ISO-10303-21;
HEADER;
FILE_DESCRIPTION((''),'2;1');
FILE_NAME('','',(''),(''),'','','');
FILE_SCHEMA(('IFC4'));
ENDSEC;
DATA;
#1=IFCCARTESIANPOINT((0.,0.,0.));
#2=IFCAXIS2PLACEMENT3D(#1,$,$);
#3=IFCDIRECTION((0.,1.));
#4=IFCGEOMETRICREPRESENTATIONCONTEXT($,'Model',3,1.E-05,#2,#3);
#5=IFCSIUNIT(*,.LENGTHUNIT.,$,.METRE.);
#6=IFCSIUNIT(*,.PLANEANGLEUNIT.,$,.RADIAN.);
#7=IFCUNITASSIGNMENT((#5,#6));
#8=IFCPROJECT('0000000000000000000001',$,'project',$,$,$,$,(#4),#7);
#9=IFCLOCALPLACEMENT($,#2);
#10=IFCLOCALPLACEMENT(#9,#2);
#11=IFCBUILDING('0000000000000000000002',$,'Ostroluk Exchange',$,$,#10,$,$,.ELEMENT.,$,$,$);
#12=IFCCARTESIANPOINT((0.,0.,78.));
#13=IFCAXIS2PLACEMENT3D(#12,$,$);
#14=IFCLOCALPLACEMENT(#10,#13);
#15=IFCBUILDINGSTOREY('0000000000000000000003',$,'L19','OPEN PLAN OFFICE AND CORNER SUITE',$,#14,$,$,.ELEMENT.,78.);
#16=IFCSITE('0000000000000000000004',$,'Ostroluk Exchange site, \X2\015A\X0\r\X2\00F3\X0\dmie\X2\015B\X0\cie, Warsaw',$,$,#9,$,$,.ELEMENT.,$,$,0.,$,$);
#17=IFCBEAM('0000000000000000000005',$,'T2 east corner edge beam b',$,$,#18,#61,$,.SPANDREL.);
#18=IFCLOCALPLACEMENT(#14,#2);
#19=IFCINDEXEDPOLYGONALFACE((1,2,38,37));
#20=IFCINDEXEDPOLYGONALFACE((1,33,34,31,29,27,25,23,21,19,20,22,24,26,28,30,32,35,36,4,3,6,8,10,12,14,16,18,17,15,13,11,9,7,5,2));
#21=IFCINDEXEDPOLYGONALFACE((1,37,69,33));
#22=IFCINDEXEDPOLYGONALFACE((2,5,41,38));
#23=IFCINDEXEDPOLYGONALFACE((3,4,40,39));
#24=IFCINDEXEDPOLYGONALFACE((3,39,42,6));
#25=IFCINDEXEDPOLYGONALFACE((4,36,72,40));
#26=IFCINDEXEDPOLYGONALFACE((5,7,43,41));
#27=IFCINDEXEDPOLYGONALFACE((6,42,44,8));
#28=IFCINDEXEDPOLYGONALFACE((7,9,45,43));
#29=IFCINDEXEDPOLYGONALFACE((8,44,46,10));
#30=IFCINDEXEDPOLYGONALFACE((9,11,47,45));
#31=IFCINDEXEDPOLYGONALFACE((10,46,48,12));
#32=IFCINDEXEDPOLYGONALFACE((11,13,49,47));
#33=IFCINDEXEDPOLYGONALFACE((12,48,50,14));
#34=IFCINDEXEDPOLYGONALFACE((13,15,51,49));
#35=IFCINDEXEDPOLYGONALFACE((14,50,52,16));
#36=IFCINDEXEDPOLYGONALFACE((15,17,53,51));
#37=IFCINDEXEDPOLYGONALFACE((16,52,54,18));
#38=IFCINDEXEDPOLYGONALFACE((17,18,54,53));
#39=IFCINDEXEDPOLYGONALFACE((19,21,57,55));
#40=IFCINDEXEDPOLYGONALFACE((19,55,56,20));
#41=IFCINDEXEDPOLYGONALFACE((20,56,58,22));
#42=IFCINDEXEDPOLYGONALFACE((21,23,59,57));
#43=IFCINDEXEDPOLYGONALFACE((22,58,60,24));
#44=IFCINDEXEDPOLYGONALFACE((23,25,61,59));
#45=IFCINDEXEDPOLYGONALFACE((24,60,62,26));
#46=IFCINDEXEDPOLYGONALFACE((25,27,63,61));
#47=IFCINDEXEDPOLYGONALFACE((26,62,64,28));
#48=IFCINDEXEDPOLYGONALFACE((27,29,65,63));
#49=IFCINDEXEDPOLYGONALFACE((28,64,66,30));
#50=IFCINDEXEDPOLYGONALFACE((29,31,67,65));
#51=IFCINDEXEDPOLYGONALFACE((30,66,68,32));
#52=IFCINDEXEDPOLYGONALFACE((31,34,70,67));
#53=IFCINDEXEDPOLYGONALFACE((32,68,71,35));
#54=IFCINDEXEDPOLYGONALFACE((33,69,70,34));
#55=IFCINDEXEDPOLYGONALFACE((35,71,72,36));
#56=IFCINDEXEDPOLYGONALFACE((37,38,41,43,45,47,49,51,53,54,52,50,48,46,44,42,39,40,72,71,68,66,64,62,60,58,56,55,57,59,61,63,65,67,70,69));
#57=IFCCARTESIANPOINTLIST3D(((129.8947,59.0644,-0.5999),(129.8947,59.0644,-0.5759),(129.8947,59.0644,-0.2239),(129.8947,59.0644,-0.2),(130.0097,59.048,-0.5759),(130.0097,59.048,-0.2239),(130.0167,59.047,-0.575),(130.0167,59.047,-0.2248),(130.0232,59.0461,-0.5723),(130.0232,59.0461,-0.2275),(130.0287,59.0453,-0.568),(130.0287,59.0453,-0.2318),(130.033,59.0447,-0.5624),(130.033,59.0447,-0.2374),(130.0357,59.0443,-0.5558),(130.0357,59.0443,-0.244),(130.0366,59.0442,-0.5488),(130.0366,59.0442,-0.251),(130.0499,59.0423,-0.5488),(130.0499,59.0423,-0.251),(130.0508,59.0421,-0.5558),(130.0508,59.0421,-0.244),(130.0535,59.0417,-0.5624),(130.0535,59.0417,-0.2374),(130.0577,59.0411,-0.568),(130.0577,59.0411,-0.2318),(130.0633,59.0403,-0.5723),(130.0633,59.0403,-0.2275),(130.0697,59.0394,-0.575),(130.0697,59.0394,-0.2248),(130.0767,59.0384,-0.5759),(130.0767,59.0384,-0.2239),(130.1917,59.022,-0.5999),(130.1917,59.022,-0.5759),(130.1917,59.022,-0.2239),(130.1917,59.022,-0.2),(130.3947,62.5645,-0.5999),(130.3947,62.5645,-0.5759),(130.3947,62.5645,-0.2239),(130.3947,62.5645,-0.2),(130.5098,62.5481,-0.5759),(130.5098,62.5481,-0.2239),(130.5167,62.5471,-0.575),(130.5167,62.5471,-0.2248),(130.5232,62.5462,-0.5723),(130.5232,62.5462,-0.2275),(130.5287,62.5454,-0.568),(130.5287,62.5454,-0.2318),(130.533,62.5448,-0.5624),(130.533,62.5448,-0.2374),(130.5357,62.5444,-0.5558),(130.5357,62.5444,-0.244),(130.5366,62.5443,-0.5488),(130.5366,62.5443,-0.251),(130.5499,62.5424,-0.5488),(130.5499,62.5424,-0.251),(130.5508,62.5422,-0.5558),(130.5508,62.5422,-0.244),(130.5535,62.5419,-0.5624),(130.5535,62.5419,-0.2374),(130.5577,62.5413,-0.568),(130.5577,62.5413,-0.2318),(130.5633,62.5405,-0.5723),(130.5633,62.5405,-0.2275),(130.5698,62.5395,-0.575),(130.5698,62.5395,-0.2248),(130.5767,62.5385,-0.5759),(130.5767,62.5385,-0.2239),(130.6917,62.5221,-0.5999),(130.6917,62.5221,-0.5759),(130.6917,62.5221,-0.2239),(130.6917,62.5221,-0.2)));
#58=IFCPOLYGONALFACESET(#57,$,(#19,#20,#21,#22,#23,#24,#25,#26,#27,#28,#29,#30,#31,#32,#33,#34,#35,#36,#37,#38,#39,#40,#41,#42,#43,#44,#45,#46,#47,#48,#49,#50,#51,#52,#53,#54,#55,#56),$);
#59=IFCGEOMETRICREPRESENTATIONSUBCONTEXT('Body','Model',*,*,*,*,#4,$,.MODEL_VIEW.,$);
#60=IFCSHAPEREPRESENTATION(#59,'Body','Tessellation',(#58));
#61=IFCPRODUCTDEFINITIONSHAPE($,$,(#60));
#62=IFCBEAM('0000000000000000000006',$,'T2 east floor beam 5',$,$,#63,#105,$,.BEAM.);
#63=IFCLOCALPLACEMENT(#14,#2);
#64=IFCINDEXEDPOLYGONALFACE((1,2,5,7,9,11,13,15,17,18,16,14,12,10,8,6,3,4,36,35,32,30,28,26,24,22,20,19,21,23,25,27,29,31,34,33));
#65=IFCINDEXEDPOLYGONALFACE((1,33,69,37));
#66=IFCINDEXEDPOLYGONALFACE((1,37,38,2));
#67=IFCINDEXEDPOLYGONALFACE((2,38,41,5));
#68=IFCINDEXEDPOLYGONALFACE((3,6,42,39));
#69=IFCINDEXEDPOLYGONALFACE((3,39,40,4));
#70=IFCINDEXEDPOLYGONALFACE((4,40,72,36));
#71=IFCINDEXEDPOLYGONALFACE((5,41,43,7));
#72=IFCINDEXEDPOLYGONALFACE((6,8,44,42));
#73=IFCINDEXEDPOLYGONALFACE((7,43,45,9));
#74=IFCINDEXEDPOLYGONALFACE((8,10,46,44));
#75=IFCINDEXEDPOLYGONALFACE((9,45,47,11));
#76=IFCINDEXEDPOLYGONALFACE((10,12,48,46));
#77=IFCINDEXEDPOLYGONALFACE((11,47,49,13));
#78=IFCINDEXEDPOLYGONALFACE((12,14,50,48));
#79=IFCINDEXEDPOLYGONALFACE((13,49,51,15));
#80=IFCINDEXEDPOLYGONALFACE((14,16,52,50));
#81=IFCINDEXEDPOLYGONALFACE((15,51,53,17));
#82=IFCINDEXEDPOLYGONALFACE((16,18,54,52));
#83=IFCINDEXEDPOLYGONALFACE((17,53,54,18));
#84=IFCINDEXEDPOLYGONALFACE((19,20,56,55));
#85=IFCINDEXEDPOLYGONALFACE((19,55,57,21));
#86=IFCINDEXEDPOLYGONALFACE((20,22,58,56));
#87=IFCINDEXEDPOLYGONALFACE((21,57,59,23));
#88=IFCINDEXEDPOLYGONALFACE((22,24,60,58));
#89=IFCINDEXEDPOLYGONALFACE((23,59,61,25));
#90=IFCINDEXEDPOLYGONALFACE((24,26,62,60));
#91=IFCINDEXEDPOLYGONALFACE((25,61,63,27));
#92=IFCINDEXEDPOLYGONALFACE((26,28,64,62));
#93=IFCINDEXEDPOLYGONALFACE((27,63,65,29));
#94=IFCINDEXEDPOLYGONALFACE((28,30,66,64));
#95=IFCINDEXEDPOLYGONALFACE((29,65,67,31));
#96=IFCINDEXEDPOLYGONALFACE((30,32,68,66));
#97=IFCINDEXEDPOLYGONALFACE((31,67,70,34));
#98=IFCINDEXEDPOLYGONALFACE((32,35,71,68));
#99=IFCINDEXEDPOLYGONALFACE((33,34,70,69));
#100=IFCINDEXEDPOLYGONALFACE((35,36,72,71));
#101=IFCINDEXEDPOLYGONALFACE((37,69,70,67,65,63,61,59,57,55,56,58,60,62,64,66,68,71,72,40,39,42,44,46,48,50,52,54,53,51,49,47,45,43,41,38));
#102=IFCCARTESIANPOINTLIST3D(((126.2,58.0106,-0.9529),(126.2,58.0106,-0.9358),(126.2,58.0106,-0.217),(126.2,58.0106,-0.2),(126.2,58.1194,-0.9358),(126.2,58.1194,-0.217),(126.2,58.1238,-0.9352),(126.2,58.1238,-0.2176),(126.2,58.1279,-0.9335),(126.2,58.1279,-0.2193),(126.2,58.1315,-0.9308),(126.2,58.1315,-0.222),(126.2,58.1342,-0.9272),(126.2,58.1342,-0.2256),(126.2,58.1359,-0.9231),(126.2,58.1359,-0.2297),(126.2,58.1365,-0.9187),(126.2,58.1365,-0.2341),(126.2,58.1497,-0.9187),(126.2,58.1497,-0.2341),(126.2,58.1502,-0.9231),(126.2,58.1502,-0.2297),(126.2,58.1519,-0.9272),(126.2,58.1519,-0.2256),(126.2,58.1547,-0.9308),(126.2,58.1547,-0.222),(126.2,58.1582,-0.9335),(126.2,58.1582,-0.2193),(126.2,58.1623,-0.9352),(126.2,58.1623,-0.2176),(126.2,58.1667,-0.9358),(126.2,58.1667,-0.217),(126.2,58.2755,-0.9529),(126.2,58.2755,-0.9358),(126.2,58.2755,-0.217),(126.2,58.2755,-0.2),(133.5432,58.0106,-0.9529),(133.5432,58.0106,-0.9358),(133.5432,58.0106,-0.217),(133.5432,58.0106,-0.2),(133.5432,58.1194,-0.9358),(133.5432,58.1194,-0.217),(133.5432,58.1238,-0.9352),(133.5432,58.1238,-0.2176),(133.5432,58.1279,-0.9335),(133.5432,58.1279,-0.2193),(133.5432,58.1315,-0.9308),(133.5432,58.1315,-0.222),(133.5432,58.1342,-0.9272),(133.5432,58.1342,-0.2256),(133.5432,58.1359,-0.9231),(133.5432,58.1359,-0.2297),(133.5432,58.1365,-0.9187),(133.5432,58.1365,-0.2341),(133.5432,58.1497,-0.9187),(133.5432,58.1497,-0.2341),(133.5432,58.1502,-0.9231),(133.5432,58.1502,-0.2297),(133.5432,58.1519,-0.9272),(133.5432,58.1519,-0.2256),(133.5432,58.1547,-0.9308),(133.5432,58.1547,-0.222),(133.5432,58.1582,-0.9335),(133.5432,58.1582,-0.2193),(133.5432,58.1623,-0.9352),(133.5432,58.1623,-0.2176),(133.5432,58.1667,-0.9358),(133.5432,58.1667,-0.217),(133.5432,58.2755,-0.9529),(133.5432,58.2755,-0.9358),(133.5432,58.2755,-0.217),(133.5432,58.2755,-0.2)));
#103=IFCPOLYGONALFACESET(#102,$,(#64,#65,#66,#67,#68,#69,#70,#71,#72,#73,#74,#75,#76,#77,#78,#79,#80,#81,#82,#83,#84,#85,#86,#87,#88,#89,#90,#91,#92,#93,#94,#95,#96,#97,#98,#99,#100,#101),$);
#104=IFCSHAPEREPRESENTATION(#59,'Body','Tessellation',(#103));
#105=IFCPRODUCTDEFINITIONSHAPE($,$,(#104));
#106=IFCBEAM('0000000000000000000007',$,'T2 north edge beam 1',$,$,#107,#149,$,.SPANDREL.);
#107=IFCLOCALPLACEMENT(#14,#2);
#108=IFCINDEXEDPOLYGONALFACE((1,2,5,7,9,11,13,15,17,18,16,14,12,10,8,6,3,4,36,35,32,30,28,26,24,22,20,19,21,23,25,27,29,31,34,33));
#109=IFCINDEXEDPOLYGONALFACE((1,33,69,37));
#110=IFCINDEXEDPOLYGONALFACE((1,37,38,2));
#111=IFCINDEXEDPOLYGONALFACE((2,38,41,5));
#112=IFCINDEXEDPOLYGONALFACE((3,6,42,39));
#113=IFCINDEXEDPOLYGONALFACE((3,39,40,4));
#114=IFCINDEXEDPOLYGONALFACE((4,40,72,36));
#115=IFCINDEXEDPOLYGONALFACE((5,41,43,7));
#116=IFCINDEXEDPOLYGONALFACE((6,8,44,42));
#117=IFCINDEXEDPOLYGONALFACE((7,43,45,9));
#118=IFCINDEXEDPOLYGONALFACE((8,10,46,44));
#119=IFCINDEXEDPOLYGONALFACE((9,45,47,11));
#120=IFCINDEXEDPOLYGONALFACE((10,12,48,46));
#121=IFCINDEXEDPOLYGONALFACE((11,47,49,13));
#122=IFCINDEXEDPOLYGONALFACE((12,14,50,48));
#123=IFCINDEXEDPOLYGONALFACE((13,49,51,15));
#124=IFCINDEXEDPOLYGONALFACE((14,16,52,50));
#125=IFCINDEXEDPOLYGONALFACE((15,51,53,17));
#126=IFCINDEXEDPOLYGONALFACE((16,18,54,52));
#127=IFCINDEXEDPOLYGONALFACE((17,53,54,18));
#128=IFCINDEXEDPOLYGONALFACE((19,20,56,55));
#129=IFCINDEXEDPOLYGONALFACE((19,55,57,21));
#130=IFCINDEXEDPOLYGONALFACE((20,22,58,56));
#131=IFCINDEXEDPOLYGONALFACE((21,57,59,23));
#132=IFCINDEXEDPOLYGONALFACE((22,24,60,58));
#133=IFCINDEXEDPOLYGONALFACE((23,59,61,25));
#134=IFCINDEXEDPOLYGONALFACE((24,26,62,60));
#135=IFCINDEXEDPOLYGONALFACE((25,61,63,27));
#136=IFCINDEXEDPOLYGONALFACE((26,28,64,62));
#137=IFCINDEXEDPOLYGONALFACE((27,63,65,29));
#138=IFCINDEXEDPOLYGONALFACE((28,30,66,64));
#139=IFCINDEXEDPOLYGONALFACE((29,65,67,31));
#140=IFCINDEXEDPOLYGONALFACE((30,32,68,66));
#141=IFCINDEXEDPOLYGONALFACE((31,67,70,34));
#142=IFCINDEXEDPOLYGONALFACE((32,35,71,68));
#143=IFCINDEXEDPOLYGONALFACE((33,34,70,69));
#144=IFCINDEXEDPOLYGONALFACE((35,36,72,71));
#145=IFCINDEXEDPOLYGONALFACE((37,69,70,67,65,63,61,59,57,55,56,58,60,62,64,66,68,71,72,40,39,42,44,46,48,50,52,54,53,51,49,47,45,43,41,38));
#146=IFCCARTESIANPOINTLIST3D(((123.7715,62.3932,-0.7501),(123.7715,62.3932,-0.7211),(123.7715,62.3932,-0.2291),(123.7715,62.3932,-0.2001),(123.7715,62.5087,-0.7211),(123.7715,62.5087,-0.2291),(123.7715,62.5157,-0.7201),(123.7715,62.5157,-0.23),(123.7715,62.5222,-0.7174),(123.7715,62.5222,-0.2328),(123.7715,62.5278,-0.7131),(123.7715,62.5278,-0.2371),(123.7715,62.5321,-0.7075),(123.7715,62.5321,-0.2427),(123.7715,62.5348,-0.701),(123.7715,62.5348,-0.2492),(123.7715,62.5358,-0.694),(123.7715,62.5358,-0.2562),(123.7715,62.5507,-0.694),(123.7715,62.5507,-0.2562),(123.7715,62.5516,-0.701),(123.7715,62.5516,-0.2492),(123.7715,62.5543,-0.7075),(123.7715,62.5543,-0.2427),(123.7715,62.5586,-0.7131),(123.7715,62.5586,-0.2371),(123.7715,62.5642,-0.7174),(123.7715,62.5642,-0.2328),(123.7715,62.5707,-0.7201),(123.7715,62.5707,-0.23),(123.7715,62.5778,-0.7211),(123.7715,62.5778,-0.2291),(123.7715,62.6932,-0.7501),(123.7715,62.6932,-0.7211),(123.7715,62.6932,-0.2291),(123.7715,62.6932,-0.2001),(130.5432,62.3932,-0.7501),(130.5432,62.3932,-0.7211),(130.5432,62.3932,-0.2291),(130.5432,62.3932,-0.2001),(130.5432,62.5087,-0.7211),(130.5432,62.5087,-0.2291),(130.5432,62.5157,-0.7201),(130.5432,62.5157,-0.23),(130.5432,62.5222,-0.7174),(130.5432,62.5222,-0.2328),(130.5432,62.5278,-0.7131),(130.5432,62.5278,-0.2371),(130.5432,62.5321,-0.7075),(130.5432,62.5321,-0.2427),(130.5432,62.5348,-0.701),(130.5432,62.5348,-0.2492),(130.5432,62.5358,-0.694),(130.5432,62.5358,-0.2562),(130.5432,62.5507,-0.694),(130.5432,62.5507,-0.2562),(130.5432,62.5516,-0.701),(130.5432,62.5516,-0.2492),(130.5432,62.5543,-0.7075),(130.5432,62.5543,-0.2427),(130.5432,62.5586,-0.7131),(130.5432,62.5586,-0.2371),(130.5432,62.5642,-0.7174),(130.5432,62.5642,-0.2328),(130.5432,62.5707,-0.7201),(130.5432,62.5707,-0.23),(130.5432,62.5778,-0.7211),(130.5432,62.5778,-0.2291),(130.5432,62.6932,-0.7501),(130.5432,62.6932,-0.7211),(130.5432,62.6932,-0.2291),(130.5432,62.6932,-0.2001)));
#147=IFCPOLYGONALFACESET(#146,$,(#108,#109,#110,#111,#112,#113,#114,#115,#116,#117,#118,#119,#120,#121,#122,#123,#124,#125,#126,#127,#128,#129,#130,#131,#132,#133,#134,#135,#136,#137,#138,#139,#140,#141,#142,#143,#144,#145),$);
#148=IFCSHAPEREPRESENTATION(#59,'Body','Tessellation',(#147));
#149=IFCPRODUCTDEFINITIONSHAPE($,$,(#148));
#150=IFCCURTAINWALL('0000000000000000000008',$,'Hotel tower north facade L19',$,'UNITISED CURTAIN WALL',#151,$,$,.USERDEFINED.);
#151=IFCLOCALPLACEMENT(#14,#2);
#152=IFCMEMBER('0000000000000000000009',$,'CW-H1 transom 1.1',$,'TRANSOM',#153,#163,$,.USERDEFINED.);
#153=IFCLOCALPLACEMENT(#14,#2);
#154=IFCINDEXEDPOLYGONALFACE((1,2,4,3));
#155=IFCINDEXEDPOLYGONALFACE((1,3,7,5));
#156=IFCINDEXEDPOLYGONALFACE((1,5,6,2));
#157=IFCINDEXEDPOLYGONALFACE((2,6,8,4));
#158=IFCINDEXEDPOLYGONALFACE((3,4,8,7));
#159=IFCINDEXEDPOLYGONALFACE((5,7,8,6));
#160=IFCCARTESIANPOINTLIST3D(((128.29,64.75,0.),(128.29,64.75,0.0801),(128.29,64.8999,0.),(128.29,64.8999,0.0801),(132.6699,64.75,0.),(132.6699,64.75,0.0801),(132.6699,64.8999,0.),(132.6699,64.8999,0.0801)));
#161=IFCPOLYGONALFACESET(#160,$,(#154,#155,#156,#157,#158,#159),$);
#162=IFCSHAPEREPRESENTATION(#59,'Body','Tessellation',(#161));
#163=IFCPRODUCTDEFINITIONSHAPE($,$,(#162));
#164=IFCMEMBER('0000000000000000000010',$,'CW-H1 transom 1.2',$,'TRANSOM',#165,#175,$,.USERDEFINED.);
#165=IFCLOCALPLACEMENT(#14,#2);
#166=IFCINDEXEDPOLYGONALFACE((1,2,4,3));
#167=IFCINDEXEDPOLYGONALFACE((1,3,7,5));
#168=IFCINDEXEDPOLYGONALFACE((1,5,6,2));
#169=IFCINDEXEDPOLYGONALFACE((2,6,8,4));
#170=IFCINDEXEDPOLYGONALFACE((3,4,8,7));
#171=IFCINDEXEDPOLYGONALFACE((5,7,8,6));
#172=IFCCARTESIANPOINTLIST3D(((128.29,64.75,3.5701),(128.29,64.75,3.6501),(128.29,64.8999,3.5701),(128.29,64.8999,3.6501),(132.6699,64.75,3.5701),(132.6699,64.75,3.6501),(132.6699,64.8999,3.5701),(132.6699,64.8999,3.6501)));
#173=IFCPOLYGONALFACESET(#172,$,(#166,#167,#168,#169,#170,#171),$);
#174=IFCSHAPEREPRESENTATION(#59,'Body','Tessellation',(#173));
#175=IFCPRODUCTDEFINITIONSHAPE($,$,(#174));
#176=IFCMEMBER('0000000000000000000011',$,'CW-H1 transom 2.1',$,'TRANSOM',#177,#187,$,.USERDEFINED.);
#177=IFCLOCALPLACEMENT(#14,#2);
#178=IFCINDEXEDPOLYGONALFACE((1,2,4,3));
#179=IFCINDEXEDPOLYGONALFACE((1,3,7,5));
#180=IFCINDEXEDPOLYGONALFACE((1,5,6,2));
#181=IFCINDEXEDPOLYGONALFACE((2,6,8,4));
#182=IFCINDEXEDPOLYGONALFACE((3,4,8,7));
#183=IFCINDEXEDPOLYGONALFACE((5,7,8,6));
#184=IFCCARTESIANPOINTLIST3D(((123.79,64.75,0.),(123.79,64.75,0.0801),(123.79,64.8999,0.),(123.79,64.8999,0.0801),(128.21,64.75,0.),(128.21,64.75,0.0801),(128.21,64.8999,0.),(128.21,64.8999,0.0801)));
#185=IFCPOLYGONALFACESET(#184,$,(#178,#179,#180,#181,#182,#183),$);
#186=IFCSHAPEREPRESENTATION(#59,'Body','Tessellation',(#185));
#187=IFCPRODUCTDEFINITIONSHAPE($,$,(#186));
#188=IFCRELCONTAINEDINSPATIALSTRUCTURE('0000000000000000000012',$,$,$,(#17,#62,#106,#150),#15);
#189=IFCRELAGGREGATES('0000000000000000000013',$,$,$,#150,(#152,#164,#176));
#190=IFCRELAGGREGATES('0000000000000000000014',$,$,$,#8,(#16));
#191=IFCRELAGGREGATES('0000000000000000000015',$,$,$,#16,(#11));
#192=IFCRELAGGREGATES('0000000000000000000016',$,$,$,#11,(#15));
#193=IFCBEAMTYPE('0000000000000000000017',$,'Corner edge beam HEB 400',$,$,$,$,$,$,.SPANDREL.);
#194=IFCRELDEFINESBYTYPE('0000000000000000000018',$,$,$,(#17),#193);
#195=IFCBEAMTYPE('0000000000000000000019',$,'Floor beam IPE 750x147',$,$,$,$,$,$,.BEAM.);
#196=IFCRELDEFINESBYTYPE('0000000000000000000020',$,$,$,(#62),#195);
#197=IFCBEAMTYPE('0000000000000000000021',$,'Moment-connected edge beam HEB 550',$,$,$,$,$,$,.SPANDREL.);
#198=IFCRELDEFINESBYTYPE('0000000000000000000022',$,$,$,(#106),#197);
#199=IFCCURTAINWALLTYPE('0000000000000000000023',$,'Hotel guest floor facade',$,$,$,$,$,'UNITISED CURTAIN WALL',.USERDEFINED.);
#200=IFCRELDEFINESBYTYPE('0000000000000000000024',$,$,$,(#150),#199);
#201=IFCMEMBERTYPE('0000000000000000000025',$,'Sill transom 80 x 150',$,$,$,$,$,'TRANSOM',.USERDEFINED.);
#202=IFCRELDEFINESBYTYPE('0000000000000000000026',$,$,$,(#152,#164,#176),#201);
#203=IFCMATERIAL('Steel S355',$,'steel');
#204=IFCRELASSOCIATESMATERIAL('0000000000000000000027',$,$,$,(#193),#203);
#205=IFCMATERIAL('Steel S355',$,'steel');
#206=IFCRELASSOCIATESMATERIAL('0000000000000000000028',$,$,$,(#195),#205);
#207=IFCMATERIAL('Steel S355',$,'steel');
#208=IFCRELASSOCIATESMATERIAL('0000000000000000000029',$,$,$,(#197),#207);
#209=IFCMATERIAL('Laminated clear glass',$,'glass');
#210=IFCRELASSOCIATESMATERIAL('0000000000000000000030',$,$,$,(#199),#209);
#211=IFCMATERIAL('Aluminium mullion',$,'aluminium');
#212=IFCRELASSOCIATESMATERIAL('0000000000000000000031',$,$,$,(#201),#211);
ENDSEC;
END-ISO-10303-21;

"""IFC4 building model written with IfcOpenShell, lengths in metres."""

from ifc_helpers import new_model, si_unit, direction, frame, origin, origin_2d, place, context, subcontext, project, spatial, rectangle, i_section, extrude, material, material_profile, profile_set, type_object, element, aggregate, save


model = new_model("IFC4")

# Units and contexts
model_context = context("Model", 3, precision=1e-05, world=origin(), true_north=direction((0.0, 1.0)))
body_context = subcontext(model_context, "Body", "Model", "MODEL_VIEW")
ifc_project = project(units=[si_unit("LENGTHUNIT", "METRE"), si_unit("PLANEANGLEUNIT", "RADIAN")], contexts=[model_context])

# Site, building, storey
site_placement = place(None, origin())
site = spatial("IfcSite", under=ifc_project, at=site_placement, Name="Ostroluk Exchange site, Śródmieście, Warsaw", CompositionType="ELEMENT", RefElevation=0.0)
building_placement = place(site_placement, origin())
building = spatial("IfcBuilding", under=site, at=building_placement, Name="Ostroluk Exchange", CompositionType="ELEMENT")
storey_placement = place(building_placement, frame((0.0, 0.0, 78.0)))
storey = spatial("IfcBuildingStorey", under=building, at=storey_placement, Name="L19", Description="OPEN PLAN OFFICE AND CORNER SUITE", CompositionType="ELEMENT", Elevation=78.0)

# Beams
ifc_material_1 = material(Name="Steel S355", Category="steel")
ifc_material_profile_1 = material_profile(ifc_material_1, i_section(OverallWidth=0.3, OverallDepth=0.3999, WebThickness=0.0134, FlangeThickness=0.0239, FilletRadius=0.0271, at=origin_2d()), Name="HEB 400")
ifc_profile_set_1 = profile_set([ifc_material_profile_1], Name="Steel S355")
beam_type_1 = type_object("IfcBeamType", Name="Corner edge beam HEB 400", PredefinedType="SPANDREL", material=ifc_profile_set_1)
for number, where, z_axis, x_axis, name in (
    (1, (130.0432, 59.0432, -0.3999), (0.141421, 0.989949, 0.0), (-0.989949, 0.141421, 0.0), "T2 east corner edge beam b"),
):
    element("IfcBeam", number, at=place(storey_placement, frame(where, z_axis=z_axis, x_axis=x_axis)), inside=storey, type_object=beam_type_1, Name=name, PredefinedType="SPANDREL", context=body_context, shape_type="SweptSolid", body=[
        extrude(i_section(OverallWidth=0.3, OverallDepth=0.3999, WebThickness=0.0134, FlangeThickness=0.0239, FilletRadius=0.0271, at=origin_2d()), origin(), (0.0, 0.0, 1.0), 3.5356),
    ])
ifc_material_2 = material(Name="Steel S355", Category="steel")
ifc_material_profile_2 = material_profile(ifc_material_2, i_section(OverallWidth=0.2649, OverallDepth=0.7529, WebThickness=0.0132, FlangeThickness=0.0171, FilletRadius=0.0171, at=origin_2d()), Name="IPE 750x147")
ifc_profile_set_2 = profile_set([ifc_material_profile_2], Name="Steel S355")
beam_type_2 = type_object("IfcBeamType", Name="Floor beam IPE 750x147", PredefinedType="BEAM", material=ifc_profile_set_2)
beam_1_placement = place(storey_placement, frame((126.2, 58.1431, -0.5764), z_axis=(1.0, 0.0, 0.0), x_axis=(0.0, 1.0, 0.0)))
element("IfcBeam", 2, at=beam_1_placement, inside=storey, type_object=beam_type_2, Name="T2 east floor beam 5", PredefinedType="BEAM", context=body_context, shape_type="SweptSolid", body=[
    extrude(i_section(OverallWidth=0.2649, OverallDepth=0.7529, WebThickness=0.0132, FlangeThickness=0.0171, FilletRadius=0.0171, at=origin_2d()), origin(), (0.0, 0.0, 1.0), 7.3433),
])
ifc_material_3 = material(Name="Steel S355", Category="steel")
ifc_material_profile_3 = material_profile(ifc_material_3, i_section(OverallWidth=0.3, OverallDepth=0.55, WebThickness=0.0149, FlangeThickness=0.0291, FilletRadius=0.0271, at=origin_2d()), Name="HEB 550")
ifc_profile_set_3 = profile_set([ifc_material_profile_3], Name="Steel S355")
beam_type_3 = type_object("IfcBeamType", Name="Moment-connected edge beam HEB 550", PredefinedType="SPANDREL", material=ifc_profile_set_3)
beam_2_placement = place(storey_placement, frame((130.5432, 62.5432, -0.4751), z_axis=(-1.0, 0.0, 0.0), x_axis=(0.0, -1.0, 0.0)))
element("IfcBeam", 3, at=beam_2_placement, inside=storey, type_object=beam_type_3, Name="T2 north edge beam 1", PredefinedType="SPANDREL", context=body_context, shape_type="SweptSolid", body=[
    extrude(i_section(OverallWidth=0.3, OverallDepth=0.55, WebThickness=0.0149, FlangeThickness=0.0291, FilletRadius=0.0271, at=origin_2d()), origin(), (0.0, 0.0, 1.0), 6.7717),
])

# Curtain wall, members
ifc_material_4 = material(Name="Laminated clear glass", Category="glass")
curtain_wall_type = type_object("IfcCurtainWallType", Name="Hotel guest floor facade", ElementType="UNITISED CURTAIN WALL", PredefinedType="USERDEFINED", material=ifc_material_4)
curtain_wall_1_placement = place(storey_placement, origin())
curtain_wall_1 = element("IfcCurtainWall", 4, at=curtain_wall_1_placement, inside=storey, type_object=curtain_wall_type, Name="Hotel tower north facade L19", ObjectType="UNITISED CURTAIN WALL", PredefinedType="USERDEFINED")
ifc_material_5 = material(Name="Aluminium mullion", Category="aluminium")
ifc_material_profile_4 = material_profile(ifc_material_5, rectangle(XDim=0.1499, YDim=0.0801, at=origin_2d()), Name="Sill transom 80 x 150")
ifc_profile_set_4 = profile_set([ifc_material_profile_4], Name="Aluminium mullion")
member_type_1 = type_object("IfcMemberType", Name="Sill transom 80 x 150", ElementType="TRANSOM", PredefinedType="USERDEFINED", material=ifc_profile_set_4)
member_1_placement = place(storey_placement, frame((132.6699, 64.825, 0.04), z_axis=(-1.0, 0.0, 0.0), x_axis=(0.0, -1.0, 0.0)))
member_1 = element("IfcMember", 5, at=member_1_placement, type_object=member_type_1, Name="CW-H1 transom 1.1", ObjectType="TRANSOM", PredefinedType="USERDEFINED", context=body_context, shape_type="SweptSolid", body=[
    extrude(rectangle(XDim=0.1499, YDim=0.0801, at=origin_2d()), origin(), (0.0, 0.0, 1.0), 4.3799),
])
member_2_placement = place(storey_placement, frame((132.6699, 64.825, 3.6101), z_axis=(-1.0, 0.0, 0.0), x_axis=(0.0, -1.0, 0.0)))
member_2 = element("IfcMember", 6, at=member_2_placement, type_object=member_type_1, Name="CW-H1 transom 1.2", ObjectType="TRANSOM", PredefinedType="USERDEFINED", context=body_context, shape_type="SweptSolid", body=[
    extrude(rectangle(XDim=0.1499, YDim=0.0801, at=origin_2d()), origin(), (0.0, 0.0, 1.0), 4.3799),
])
member_3_placement = place(storey_placement, frame((128.21, 64.825, 0.04), z_axis=(-1.0, 0.0, 0.0), x_axis=(0.0, -1.0, 0.0)))
member_3 = element("IfcMember", 7, at=member_3_placement, type_object=member_type_1, Name="CW-H1 transom 2.1", ObjectType="TRANSOM", PredefinedType="USERDEFINED", context=body_context, shape_type="SweptSolid", body=[
    extrude(rectangle(XDim=0.1499, YDim=0.0801, at=origin_2d()), origin(), (0.0, 0.0, 1.0), 4.4199),
])

aggregate(curtain_wall_1, [member_1, member_2, member_3])

save(model, "model.ifc")
